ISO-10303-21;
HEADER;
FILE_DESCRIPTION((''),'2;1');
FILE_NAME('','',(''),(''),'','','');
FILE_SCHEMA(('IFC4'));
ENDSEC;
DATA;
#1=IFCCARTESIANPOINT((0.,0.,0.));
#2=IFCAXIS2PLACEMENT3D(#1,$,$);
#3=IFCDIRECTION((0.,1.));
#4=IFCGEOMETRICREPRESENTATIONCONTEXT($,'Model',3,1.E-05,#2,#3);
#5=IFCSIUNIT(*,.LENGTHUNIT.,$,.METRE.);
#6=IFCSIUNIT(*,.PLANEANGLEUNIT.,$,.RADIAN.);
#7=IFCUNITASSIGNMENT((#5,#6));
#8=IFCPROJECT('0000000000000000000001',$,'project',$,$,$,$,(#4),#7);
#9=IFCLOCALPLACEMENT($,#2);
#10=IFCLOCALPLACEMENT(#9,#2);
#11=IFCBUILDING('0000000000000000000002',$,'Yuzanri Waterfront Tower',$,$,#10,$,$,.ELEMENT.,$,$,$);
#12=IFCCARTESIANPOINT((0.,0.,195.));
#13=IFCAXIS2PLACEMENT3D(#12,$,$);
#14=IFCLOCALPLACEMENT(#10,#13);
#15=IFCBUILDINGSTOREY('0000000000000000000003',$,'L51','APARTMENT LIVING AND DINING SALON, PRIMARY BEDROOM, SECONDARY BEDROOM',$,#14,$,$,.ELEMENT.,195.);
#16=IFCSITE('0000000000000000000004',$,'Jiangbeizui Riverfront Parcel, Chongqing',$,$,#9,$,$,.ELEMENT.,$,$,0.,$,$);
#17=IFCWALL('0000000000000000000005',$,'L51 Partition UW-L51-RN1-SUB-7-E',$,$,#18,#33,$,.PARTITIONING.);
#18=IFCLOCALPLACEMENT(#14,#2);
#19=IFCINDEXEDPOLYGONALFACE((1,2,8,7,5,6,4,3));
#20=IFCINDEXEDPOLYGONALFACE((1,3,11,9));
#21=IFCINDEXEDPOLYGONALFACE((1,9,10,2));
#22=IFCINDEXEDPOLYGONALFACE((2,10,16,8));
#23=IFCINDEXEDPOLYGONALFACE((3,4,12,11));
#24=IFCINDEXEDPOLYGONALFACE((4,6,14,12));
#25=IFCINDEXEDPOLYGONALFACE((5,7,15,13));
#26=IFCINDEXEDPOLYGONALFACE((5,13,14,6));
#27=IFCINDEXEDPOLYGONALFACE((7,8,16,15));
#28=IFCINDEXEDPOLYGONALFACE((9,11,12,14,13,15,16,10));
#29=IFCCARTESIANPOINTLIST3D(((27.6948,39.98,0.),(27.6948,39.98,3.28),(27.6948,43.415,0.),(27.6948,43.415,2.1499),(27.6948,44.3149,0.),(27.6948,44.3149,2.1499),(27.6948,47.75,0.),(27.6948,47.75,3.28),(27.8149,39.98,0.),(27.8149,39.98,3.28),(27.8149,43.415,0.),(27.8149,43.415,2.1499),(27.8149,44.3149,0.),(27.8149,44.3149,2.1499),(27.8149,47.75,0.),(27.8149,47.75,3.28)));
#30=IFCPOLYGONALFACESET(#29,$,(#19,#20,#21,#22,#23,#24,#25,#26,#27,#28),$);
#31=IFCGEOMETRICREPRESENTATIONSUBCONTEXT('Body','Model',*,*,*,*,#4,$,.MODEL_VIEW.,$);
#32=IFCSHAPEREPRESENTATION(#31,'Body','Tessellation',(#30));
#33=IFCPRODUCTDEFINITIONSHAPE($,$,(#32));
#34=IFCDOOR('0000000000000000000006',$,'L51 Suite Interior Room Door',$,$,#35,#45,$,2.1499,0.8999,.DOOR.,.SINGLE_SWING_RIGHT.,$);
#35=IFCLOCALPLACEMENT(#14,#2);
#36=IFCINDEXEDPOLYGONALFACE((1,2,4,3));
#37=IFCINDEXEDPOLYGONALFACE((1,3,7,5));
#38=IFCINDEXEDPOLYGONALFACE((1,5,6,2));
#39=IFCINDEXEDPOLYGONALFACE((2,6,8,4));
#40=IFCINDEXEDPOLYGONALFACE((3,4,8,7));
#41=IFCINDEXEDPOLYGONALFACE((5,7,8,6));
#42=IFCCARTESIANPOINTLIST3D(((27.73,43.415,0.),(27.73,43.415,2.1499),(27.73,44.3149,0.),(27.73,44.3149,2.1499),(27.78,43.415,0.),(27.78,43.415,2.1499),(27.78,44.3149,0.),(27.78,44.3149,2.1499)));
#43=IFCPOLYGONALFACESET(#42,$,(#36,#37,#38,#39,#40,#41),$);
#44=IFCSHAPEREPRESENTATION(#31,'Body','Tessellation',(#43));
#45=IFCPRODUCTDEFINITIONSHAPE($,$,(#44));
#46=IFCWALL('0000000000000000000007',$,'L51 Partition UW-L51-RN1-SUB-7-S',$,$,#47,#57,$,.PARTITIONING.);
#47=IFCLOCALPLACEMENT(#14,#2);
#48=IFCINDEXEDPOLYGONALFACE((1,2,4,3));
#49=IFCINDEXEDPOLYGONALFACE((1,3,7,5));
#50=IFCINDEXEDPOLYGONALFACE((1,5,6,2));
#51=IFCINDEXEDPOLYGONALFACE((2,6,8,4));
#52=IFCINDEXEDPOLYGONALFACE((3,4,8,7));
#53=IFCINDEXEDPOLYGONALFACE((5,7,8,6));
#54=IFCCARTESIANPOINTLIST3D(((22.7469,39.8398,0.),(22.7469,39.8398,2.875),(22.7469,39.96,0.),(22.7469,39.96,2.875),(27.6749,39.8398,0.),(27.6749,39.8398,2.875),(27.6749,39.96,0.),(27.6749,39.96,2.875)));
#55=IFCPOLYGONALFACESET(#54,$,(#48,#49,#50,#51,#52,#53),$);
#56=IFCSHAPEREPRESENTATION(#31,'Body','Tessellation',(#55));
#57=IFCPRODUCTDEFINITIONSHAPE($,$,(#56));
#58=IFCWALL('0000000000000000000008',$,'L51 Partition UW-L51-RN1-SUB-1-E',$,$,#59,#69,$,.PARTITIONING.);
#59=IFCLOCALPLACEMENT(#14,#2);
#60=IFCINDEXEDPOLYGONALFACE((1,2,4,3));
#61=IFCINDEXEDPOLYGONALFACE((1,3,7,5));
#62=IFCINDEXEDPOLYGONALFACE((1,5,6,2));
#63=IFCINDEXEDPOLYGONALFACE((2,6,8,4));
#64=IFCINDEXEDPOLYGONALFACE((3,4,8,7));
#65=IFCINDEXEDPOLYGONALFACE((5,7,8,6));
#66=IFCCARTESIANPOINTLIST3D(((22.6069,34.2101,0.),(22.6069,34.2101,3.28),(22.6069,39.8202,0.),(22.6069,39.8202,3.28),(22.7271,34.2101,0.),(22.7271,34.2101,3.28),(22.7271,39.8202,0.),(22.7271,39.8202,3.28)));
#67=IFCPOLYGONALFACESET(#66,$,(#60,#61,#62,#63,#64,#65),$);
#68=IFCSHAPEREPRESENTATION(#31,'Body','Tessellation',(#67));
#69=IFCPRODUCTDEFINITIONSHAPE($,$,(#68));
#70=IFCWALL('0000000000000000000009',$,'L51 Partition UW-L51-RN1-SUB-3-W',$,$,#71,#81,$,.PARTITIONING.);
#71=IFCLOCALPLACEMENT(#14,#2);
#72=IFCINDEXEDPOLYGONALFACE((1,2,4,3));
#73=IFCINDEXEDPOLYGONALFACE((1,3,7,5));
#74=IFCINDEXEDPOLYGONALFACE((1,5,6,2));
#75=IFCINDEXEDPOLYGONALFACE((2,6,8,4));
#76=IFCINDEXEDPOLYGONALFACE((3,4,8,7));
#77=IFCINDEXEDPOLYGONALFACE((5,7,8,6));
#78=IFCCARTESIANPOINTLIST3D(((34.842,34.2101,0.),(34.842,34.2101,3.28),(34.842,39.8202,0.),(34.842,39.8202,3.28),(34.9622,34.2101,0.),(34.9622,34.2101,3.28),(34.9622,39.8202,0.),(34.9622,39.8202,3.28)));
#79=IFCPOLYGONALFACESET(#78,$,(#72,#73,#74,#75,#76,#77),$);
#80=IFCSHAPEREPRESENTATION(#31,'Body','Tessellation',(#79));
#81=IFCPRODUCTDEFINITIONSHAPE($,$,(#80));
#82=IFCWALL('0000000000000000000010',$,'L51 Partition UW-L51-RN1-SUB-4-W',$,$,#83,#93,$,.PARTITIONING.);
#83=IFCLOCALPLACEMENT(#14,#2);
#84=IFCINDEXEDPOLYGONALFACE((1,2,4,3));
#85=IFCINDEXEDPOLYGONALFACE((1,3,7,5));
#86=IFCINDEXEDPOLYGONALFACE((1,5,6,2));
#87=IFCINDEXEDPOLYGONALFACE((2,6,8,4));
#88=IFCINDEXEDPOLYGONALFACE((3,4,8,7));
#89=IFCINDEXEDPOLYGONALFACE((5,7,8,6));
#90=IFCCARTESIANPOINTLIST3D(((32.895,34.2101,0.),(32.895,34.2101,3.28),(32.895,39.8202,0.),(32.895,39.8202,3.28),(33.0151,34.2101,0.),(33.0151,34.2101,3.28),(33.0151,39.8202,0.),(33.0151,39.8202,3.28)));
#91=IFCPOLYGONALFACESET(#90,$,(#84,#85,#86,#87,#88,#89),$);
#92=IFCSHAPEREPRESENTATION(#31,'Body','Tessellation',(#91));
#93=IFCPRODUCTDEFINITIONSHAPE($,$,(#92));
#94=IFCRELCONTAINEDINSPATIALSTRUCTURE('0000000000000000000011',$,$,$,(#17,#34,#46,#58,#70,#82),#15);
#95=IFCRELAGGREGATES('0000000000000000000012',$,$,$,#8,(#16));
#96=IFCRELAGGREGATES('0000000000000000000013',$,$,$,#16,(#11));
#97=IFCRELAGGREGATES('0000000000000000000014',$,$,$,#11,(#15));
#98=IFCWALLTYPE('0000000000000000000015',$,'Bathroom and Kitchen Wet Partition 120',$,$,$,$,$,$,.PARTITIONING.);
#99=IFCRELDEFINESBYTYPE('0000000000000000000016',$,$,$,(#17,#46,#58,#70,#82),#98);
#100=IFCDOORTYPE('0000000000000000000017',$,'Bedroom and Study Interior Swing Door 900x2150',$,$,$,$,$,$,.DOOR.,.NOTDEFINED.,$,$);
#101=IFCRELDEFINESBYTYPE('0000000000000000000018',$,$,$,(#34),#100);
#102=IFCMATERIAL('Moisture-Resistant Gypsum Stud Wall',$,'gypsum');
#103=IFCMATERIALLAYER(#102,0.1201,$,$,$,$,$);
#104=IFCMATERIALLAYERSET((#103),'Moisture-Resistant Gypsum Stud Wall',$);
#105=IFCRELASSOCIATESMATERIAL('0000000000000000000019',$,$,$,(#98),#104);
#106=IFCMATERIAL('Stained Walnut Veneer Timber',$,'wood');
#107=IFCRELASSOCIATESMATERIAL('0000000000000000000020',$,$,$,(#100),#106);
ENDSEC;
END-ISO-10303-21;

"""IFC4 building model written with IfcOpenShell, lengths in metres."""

from ifc_helpers import new_model, si_unit, direction, frame, frame_2d, origin, place, context, subcontext, project, spatial, rectangle, extrude, source, transform, mapped, material, layer, layer_set, type_object, element, fill, save


model = new_model("IFC4")

# Units and contexts
model_context = context("Model", 3, precision=1e-05, world=origin(), true_north=direction((0.0, 1.0)))
body_context = subcontext(model_context, "Body", "Model", "MODEL_VIEW")
ifc_project = project(units=[si_unit("LENGTHUNIT", "METRE"), si_unit("PLANEANGLEUNIT", "RADIAN")], contexts=[model_context])

# Site, building, storey
site_placement = place(None, origin())
site = spatial("IfcSite", under=ifc_project, at=site_placement, Name="Jiangbeizui Riverfront Parcel, Chongqing", CompositionType="ELEMENT", RefElevation=0.0)
building_placement = place(site_placement, origin())
building = spatial("IfcBuilding", under=site, at=building_placement, Name="Yuzanri Waterfront Tower", CompositionType="ELEMENT")
storey_placement = place(building_placement, frame((0.0, 0.0, 195.0)))
storey = spatial("IfcBuildingStorey", under=building, at=storey_placement, Name="L51", Description="APARTMENT LIVING AND DINING SALON, PRIMARY BEDROOM, SECONDARY BEDROOM", CompositionType="ELEMENT", Elevation=195.0)

# Shared definitions
ifc_material_1 = material(Name="Moisture-Resistant Gypsum Stud Wall", Category="gypsum")
ifc_layer_1 = layer(ifc_material_1, 0.1201)
ifc_layer_set_1 = layer_set([ifc_layer_1], Name="Moisture-Resistant Gypsum Stud Wall")
wall_type = type_object("IfcWallType", Name="Bathroom and Kitchen Wet Partition 120", PredefinedType="PARTITIONING", material=ifc_layer_set_1)
ifc_material_2 = material(Name="Stained Walnut Veneer Timber", Category="wood")
door_type_1 = type_object("IfcDoorType", Name="Bedroom and Study Interior Swing Door 900x2150", OperationType="NOTDEFINED", PredefinedType="DOOR", material=ifc_material_2)
shared_shape_1 = source(origin(), body_context, "Body", "SweptSolid", [
    extrude(rectangle(XDim=0.8999, YDim=2.1499, at=frame_2d((0.45, 1.075))), frame((0.0, 0.0249, 0.0), z_axis=(0.0, -1.0, 0.0), x_axis=(1.0, 0.0, 0.0)), (0.0, 0.0, 1.0), 0.05),
])

# Wall, opening, door
wall_1_placement = place(storey_placement, frame((27.7549, 39.98, 0.0), z_axis=(0.0, 0.0, 1.0), x_axis=(0.0, 1.0, 0.0)))
wall_1 = element("IfcWall", 1, at=wall_1_placement, inside=storey, type_object=wall_type, Name="L51 Partition UW-L51-RN1-SUB-7-E", PredefinedType="PARTITIONING", context=body_context, shape_type="SweptSolid", body=[
    extrude(rectangle(XDim=7.77, YDim=0.1201, at=frame_2d((3.885, 0.0))), origin(), (0.0, 0.0, 1.0), 3.28),
])
opening_1_placement = place(wall_1_placement, frame((3.4351, 0.0, 0.0)))
opening_1 = element("IfcOpeningElement", 2, at=opening_1_placement, cuts=wall_1, PredefinedType="OPENING", context=body_context, shape_type="SweptSolid", body=[
    extrude(rectangle(XDim=0.8999, YDim=2.1499, at=frame_2d((0.45, 1.075))), frame((0.0, 0.075, 0.0), z_axis=(0.0, -1.0, 0.0), x_axis=(1.0, 0.0, 0.0)), (0.0, 0.0, 1.0), 0.1499),
])
door_1_placement = place(opening_1_placement, origin())
door_1 = element("IfcDoor", 3, at=door_1_placement, inside=storey, type_object=door_type_1, Name="L51 Suite Interior Room Door", OperationType="SINGLE_SWING_RIGHT", OverallHeight=2.1499, OverallWidth=0.8999, PredefinedType="DOOR", context=body_context, shape_type="MappedRepresentation", body=[
    mapped(shared_shape_1, transform((0.0, 0.0, 0.0), scale=1.0)),
])
fill(opening_1, door_1)

# Walls
shared_shape_2 = source(origin(), body_context, "Body", "SweptSolid", [
    extrude(rectangle(XDim=4.928, YDim=0.1201, at=frame_2d((2.4639, 0.0))), origin(), (0.0, 0.0, 1.0), 2.875),
])
wall_2_placement = place(storey_placement, frame((22.7471, 39.8999, 0.0), z_axis=(0.0, 0.0, 1.0), x_axis=(1.0, 0.0, 0.0)))
element("IfcWall", 4, at=wall_2_placement, inside=storey, type_object=wall_type, Name="L51 Partition UW-L51-RN1-SUB-7-S", PredefinedType="PARTITIONING", context=body_context, shape_type="MappedRepresentation", body=[
    mapped(shared_shape_2, transform((0.0, 0.0, 0.0), scale=1.0)),
])
shared_shape_3 = source(origin(), body_context, "Body", "SweptSolid", [
    extrude(rectangle(XDim=5.6101, YDim=0.1201, at=frame_2d((2.8052, 0.0))), origin(), (0.0, 0.0, 1.0), 3.28),
])
for number, where, z_axis, x_axis, name in (
    (5, (22.667, 34.21, 0.0), (0.0, 0.0, 1.0), (0.0, 1.0, 0.0), "L51 Partition UW-L51-RN1-SUB-1-E"),
    (6, (34.9021, 34.21, 0.0), (0.0, 0.0, 1.0), (0.0, 1.0, 0.0), "L51 Partition UW-L51-RN1-SUB-3-W"),
    (7, (32.9551, 34.21, 0.0), (0.0, 0.0, 1.0), (0.0, 1.0, 0.0), "L51 Partition UW-L51-RN1-SUB-4-W"),
):
    element("IfcWall", number, at=place(storey_placement, frame(where, z_axis=z_axis, x_axis=x_axis)), inside=storey, type_object=wall_type, Name=name, PredefinedType="PARTITIONING", context=body_context, shape_type="MappedRepresentation", body=[
        mapped(shared_shape_3, transform((0.0, 0.0, 0.0), scale=1.0)),
    ])

save(model, "model.ifc")
